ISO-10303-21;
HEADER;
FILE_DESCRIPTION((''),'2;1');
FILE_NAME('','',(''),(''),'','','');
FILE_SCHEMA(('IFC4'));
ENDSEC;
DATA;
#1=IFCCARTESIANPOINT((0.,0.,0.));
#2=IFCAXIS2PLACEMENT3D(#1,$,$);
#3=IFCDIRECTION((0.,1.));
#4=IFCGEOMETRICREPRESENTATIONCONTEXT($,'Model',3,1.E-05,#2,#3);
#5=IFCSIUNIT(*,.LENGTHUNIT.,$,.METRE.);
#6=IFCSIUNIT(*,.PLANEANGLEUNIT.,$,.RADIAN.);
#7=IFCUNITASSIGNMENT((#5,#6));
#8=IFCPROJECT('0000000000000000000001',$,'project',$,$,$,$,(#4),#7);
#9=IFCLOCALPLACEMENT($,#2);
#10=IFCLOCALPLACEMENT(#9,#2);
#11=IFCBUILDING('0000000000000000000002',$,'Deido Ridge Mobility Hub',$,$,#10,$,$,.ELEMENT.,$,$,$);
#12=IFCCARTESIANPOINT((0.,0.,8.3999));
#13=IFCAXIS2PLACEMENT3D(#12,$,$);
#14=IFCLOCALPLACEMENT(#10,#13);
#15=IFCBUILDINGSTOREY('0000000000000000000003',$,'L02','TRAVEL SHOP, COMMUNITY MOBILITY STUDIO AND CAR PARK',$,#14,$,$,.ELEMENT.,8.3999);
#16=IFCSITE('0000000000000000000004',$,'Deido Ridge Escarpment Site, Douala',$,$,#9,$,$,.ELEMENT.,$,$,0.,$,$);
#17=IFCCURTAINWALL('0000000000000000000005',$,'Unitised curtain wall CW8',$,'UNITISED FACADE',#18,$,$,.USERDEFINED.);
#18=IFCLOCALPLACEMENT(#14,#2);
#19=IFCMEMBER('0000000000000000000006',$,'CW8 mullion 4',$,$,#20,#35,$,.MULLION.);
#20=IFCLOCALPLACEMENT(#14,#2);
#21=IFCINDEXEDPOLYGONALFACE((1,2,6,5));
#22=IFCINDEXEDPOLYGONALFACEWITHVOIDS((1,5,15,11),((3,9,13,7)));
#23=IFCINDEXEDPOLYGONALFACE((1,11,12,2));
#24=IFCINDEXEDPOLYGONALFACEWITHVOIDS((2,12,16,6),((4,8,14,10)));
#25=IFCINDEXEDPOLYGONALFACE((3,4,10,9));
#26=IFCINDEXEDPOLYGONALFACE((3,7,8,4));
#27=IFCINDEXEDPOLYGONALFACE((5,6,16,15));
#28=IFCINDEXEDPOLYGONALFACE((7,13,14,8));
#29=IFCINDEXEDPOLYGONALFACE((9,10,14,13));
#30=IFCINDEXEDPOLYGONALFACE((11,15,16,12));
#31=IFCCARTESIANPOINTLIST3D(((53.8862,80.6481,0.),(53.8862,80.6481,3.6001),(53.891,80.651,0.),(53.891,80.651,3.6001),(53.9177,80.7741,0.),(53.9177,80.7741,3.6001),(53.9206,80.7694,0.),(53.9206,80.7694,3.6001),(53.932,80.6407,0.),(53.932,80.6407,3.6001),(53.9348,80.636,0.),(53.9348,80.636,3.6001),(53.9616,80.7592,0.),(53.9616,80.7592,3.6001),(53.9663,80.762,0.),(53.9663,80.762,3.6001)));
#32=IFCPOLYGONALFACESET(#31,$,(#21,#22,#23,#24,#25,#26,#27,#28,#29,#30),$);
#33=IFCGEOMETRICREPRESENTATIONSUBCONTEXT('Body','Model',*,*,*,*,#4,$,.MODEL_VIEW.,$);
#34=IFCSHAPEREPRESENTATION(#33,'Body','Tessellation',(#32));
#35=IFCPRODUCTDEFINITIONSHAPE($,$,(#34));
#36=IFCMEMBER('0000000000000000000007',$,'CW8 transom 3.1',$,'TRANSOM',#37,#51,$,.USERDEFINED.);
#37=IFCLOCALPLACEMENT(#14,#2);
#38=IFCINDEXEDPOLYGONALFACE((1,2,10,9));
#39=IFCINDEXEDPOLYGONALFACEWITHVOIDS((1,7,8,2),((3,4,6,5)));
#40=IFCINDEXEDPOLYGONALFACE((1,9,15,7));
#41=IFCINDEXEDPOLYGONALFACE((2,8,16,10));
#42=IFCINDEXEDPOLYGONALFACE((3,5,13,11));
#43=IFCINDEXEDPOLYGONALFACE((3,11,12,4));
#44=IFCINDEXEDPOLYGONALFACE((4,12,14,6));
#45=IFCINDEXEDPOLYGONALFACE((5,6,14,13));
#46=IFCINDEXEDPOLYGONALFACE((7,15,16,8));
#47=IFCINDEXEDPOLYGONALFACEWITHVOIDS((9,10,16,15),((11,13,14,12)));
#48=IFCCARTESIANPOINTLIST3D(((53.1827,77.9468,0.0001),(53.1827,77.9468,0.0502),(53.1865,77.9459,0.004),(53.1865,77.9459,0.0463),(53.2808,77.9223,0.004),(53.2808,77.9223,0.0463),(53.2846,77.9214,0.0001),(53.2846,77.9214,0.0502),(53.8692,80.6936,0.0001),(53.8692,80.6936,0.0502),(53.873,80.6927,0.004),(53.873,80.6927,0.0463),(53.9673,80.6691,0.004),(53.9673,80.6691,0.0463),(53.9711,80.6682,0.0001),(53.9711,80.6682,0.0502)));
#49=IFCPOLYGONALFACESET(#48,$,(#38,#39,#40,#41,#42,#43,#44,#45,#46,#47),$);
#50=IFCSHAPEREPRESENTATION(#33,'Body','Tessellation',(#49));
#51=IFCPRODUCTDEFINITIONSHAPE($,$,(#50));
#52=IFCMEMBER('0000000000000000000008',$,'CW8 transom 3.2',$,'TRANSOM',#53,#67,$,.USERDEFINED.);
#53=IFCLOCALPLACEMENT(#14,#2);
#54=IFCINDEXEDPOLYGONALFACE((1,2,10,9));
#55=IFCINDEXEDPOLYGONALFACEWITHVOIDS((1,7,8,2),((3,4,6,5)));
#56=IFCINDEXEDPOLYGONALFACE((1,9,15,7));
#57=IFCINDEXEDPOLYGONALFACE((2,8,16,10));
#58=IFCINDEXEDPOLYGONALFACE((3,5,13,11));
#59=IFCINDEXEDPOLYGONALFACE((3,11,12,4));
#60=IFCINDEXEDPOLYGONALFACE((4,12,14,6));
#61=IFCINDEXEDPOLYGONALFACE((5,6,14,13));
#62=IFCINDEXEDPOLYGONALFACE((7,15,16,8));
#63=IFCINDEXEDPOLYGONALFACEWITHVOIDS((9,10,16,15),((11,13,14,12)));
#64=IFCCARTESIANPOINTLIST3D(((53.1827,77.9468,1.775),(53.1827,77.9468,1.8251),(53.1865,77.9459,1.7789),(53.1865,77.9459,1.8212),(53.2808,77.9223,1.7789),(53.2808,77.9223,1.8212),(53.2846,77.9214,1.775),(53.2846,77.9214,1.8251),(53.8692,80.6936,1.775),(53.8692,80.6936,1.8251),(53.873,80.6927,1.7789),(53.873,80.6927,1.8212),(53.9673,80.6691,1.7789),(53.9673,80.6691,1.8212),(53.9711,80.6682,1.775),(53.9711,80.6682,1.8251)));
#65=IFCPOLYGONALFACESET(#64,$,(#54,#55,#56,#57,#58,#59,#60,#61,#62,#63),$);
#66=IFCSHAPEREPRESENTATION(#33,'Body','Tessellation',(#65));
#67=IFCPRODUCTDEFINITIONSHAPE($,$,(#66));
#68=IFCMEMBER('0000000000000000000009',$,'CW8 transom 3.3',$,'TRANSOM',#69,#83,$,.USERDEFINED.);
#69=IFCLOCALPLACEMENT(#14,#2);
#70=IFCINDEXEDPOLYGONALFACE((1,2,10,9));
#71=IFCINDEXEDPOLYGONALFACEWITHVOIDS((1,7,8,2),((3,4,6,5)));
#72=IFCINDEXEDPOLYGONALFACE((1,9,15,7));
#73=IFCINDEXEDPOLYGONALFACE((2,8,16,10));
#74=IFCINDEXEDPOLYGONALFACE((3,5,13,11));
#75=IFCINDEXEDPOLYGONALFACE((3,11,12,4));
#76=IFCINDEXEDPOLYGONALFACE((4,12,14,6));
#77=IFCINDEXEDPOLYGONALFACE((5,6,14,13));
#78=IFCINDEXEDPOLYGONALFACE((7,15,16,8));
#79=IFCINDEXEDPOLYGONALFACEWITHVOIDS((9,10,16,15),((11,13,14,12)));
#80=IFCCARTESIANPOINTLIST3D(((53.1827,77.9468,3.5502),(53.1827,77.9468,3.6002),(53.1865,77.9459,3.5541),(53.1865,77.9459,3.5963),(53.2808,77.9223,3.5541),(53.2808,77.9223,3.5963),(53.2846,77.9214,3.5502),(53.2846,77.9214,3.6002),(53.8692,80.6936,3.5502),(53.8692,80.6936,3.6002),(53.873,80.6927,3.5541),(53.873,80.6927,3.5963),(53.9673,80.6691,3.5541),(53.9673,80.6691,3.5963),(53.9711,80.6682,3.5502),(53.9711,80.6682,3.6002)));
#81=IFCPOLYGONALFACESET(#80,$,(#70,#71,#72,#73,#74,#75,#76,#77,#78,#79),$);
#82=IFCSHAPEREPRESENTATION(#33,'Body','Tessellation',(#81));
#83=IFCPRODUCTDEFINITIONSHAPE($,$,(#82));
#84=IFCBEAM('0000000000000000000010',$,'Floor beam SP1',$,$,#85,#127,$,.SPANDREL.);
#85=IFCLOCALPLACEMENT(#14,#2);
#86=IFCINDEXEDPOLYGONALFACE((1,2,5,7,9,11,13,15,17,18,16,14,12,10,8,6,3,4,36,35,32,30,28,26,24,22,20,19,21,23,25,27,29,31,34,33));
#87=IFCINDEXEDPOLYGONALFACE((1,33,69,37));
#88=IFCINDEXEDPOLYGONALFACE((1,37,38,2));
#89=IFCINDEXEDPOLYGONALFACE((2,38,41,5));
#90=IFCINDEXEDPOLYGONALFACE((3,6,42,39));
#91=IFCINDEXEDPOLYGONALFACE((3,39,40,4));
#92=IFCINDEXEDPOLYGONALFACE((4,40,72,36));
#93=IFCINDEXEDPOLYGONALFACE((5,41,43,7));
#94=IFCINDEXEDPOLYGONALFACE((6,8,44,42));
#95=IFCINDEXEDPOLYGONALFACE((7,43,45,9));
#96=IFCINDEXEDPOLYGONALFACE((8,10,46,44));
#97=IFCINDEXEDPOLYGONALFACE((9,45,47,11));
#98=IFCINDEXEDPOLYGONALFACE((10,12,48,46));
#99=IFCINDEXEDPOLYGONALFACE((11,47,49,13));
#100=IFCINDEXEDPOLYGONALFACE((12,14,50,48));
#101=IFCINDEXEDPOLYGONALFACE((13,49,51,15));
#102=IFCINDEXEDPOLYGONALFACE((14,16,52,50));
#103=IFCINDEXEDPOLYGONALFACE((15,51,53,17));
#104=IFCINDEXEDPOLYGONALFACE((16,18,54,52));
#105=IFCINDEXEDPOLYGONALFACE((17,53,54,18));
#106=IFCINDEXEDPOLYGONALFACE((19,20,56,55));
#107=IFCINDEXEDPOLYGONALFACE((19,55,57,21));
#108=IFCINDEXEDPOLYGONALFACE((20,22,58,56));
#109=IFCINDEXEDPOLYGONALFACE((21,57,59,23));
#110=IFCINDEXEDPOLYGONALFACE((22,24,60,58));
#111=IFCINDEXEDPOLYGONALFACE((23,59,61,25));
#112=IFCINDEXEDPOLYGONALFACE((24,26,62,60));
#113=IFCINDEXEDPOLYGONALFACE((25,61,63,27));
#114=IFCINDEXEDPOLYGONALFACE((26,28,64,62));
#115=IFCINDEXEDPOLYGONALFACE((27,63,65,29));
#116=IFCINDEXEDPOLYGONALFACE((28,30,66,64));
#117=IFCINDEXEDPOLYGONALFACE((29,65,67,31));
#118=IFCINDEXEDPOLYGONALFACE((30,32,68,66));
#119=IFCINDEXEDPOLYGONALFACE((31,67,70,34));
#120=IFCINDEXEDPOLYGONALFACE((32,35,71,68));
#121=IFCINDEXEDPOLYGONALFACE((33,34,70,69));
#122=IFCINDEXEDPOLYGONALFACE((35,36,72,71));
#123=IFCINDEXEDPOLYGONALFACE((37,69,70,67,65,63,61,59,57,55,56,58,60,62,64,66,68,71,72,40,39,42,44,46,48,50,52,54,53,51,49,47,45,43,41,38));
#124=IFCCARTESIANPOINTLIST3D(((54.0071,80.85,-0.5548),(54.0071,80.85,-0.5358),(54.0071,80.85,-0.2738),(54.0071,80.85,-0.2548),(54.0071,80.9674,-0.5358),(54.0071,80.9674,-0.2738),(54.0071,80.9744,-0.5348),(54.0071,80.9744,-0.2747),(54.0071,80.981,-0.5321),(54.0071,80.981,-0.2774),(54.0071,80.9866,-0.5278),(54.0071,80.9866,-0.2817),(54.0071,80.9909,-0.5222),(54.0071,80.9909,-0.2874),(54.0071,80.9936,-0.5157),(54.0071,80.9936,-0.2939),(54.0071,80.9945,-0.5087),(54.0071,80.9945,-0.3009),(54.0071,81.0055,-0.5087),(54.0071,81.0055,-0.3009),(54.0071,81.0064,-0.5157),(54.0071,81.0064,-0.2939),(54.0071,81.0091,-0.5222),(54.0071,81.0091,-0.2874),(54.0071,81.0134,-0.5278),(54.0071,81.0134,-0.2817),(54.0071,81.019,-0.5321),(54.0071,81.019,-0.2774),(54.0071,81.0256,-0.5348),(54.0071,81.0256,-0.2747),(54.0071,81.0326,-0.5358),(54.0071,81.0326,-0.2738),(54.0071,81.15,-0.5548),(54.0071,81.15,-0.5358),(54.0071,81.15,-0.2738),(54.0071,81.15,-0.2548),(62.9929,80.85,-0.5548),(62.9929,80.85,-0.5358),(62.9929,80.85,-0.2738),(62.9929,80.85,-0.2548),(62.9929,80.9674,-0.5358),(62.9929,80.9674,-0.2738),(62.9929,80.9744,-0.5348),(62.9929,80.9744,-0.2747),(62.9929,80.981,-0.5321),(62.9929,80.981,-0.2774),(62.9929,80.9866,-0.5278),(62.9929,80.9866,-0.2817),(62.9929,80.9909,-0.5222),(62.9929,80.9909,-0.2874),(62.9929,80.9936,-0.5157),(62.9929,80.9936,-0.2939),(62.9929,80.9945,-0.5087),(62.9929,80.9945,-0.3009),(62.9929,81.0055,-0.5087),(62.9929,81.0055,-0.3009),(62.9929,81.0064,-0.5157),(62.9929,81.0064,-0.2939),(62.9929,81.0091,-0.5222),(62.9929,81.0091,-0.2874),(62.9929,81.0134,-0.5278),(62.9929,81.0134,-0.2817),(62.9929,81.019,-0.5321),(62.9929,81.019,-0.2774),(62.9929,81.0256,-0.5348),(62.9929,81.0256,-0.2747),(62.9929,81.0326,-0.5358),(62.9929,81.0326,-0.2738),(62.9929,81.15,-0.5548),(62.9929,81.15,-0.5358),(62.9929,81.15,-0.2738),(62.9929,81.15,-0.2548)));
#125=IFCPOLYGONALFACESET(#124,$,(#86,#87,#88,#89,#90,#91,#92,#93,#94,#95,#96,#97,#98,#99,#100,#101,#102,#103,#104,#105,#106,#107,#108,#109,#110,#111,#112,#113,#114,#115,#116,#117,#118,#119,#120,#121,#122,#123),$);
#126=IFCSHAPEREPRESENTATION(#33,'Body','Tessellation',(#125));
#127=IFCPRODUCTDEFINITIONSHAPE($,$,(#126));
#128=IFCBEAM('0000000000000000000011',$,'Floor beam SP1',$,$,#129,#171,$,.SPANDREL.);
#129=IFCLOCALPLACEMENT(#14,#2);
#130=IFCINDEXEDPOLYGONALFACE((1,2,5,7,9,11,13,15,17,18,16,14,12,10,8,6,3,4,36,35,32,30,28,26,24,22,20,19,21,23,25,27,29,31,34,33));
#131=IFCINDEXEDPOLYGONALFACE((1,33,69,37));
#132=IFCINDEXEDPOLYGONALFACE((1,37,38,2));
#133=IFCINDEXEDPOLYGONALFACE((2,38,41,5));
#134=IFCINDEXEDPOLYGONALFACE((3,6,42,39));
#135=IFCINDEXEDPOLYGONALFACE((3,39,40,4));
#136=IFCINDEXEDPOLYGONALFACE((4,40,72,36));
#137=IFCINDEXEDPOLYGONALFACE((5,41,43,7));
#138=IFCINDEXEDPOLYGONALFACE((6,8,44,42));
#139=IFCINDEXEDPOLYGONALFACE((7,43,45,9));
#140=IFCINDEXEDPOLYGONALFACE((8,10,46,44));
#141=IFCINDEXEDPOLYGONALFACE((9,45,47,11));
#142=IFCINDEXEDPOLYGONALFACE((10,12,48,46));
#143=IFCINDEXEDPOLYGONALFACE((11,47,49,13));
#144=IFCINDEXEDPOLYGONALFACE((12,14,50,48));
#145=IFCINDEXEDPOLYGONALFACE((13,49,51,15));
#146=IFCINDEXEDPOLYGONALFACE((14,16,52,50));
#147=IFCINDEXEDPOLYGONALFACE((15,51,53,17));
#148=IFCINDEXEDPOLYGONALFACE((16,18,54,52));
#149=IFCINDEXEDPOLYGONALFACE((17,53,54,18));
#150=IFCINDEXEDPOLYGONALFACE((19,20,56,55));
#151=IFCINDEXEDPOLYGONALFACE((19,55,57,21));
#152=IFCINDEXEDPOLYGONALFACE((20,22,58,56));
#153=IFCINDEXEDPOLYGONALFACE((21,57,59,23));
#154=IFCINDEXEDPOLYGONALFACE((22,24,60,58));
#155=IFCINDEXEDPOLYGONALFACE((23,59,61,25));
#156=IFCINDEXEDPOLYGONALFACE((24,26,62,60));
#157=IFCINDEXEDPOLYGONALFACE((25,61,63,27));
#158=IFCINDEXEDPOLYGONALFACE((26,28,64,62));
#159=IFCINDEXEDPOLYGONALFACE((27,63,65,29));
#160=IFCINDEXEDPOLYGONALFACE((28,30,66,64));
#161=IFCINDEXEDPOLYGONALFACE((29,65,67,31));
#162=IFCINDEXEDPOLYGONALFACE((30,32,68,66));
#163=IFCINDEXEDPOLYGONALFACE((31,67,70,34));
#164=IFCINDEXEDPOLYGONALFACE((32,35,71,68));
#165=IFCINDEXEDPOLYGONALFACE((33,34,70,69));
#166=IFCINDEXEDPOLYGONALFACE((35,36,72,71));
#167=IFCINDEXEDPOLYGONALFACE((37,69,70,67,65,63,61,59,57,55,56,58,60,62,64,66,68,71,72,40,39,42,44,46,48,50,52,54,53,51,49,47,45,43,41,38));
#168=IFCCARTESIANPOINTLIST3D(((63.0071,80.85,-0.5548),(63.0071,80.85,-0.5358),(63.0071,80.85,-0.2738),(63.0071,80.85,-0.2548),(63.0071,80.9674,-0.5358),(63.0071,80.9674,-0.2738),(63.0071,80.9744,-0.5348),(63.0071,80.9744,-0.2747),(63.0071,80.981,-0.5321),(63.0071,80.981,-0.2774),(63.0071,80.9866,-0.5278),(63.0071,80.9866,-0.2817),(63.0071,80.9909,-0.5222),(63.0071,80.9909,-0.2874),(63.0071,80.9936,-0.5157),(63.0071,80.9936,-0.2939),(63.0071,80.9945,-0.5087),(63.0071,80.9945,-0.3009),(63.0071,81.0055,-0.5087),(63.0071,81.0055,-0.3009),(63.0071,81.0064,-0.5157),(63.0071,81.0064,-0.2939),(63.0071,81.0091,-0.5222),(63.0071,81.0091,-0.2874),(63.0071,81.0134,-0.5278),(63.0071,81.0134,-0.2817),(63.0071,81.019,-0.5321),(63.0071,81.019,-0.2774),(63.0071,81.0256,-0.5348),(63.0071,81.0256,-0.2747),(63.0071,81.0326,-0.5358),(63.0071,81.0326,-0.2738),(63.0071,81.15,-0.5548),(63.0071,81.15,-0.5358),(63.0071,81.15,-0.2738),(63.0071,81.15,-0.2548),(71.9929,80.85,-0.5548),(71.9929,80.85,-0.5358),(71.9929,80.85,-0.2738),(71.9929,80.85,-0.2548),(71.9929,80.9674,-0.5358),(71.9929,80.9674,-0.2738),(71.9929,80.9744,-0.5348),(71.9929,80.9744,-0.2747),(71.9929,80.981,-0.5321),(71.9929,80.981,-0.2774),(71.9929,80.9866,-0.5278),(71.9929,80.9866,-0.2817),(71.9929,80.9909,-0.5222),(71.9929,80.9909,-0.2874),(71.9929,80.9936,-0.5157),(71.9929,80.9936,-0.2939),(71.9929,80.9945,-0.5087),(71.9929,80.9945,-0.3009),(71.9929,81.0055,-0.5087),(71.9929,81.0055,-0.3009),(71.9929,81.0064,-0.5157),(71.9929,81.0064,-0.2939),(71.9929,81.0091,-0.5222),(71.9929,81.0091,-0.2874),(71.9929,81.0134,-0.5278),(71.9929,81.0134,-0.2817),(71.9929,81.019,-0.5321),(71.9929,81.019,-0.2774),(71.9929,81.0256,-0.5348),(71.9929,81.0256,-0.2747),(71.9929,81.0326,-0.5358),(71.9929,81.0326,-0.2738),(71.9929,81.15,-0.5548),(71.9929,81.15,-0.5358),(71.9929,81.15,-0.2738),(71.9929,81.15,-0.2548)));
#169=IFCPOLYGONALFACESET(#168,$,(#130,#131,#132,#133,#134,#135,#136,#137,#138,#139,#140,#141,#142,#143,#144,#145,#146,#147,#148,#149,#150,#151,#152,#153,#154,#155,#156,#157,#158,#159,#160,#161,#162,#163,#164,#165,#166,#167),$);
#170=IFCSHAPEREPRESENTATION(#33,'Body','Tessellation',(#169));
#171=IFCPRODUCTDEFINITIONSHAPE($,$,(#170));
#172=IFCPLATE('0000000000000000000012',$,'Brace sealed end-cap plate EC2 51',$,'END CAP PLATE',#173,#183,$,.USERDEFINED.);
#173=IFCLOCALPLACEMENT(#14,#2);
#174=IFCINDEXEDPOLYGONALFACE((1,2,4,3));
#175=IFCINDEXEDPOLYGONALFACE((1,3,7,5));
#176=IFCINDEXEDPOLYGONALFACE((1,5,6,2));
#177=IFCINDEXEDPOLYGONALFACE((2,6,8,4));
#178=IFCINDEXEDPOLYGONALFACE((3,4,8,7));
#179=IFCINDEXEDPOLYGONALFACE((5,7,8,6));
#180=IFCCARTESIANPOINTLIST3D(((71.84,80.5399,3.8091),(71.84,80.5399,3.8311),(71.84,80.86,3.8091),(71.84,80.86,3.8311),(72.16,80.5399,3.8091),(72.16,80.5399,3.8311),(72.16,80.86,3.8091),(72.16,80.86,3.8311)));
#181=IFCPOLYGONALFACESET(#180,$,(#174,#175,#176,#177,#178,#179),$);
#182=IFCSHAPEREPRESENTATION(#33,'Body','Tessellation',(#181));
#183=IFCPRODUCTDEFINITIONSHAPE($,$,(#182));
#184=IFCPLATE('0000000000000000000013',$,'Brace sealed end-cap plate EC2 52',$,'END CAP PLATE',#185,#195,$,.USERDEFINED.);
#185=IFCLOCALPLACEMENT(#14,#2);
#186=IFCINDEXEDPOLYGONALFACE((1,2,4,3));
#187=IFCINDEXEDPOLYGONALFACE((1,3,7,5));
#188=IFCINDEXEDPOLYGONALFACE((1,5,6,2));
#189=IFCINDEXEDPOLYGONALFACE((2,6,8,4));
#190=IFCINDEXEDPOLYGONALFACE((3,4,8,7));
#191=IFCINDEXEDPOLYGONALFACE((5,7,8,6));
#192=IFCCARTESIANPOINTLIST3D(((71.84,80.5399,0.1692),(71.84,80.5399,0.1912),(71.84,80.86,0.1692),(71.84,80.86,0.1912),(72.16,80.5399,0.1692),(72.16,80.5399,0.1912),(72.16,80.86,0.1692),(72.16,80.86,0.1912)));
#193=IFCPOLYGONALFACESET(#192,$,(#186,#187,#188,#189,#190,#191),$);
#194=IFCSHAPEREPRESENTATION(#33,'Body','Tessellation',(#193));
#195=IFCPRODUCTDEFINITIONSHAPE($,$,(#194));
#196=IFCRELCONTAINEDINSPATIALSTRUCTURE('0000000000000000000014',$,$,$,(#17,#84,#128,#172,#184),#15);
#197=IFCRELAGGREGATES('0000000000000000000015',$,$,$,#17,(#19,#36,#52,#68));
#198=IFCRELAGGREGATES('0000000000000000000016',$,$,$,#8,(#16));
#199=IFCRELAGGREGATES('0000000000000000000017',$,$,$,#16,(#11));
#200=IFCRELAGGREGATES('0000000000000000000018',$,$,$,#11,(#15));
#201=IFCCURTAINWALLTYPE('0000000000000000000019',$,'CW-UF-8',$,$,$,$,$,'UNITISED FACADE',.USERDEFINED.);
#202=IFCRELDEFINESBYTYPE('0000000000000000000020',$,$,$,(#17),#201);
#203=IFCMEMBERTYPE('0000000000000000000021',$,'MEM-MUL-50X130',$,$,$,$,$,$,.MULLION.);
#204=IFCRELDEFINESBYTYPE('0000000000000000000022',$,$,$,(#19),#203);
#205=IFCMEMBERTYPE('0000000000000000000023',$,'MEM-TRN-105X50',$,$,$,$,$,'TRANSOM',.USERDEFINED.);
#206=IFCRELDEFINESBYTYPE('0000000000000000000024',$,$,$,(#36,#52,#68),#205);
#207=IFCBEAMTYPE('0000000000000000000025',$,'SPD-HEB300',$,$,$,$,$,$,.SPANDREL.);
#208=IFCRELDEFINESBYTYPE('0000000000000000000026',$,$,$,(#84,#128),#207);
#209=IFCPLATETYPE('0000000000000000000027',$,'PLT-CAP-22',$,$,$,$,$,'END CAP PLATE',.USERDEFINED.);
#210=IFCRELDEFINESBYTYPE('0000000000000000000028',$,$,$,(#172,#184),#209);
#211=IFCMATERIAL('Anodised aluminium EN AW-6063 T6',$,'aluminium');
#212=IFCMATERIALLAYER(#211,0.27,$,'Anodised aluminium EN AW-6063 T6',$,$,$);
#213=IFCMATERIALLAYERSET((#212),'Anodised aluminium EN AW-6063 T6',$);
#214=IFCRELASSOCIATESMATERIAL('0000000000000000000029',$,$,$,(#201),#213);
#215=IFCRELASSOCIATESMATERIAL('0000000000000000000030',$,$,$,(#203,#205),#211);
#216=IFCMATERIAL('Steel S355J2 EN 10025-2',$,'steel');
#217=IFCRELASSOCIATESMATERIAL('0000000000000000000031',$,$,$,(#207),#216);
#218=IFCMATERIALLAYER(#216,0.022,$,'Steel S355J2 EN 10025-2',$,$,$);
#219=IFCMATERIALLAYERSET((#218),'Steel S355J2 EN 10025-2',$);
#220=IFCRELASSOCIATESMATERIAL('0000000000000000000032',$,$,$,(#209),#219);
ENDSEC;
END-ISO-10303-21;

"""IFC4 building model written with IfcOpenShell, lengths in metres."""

from ifc_helpers import new_model, si_unit, direction, frame, origin, origin_2d, place, context, subcontext, project, spatial, rectangle, hollow_rectangle, i_section, extrude, material, layer, layer_set, material_profile, profile_set, type_object, element, aggregate, save


model = new_model("IFC4")

# Units and contexts
model_context = context("Model", 3, precision=1e-05, world=origin(), true_north=direction((0.0, 1.0)))
body_context = subcontext(model_context, "Body", "Model", "MODEL_VIEW")
ifc_project = project(units=[si_unit("LENGTHUNIT", "METRE"), si_unit("PLANEANGLEUNIT", "RADIAN")], contexts=[model_context])

# Site, building, storey
site_placement = place(None, origin())
site = spatial("IfcSite", under=ifc_project, at=site_placement, Name="Deido Ridge Escarpment Site, Douala", CompositionType="ELEMENT", RefElevation=0.0)
building_placement = place(site_placement, origin())
building = spatial("IfcBuilding", under=site, at=building_placement, Name="Deido Ridge Mobility Hub", CompositionType="ELEMENT")
storey_placement = place(building_placement, frame((0.0, 0.0, 8.3999)))
storey = spatial("IfcBuildingStorey", under=building, at=storey_placement, Name="L02", Description="TRAVEL SHOP, COMMUNITY MOBILITY STUDIO AND CAR PARK", CompositionType="ELEMENT", Elevation=8.3999)

# Shared definitions
ifc_material_1 = material(Name="Steel S355J2 EN 10025-2", Category="steel")

# Curtain wall, members
ifc_material_2 = material(Name="Anodised aluminium EN AW-6063 T6", Category="aluminium")
ifc_layer_1 = layer(ifc_material_2, 0.27, Name="Anodised aluminium EN AW-6063 T6")
ifc_layer_set_1 = layer_set([ifc_layer_1], Name="Anodised aluminium EN AW-6063 T6")
curtain_wall_type = type_object("IfcCurtainWallType", Name="CW-UF-8", ElementType="UNITISED FACADE", PredefinedType="USERDEFINED", material=ifc_layer_set_1)
curtain_wall_placement = place(storey_placement, origin())
curtain_wall = element("IfcCurtainWall", 1, at=curtain_wall_placement, inside=storey, type_object=curtain_wall_type, Name="Unitised curtain wall CW8", ObjectType="UNITISED FACADE", PredefinedType="USERDEFINED")
ifc_material_profile_1 = material_profile(ifc_material_2, hollow_rectangle(XDim=0.05, YDim=0.1299, WallThickness=0.0039, at=origin_2d()), Name="RHS 50x130x4")
ifc_profile_set_1 = profile_set([ifc_material_profile_1], Name="Anodised aluminium EN AW-6063 T6")
member_type_1 = type_object("IfcMemberType", Name="MEM-MUL-50X130", PredefinedType="MULLION", material=ifc_profile_set_1)
member_1_placement = place(storey_placement, frame((53.9263, 80.7051, 0.0), z_axis=(0.0, 0.0, 1.0), x_axis=(-0.97014, 0.242546, 0.0)))
member_1 = element("IfcMember", 2, at=member_1_placement, type_object=member_type_1, Name="CW8 mullion 4", PredefinedType="MULLION", context=body_context, shape_type="SweptSolid", body=[
    extrude(hollow_rectangle(XDim=0.05, YDim=0.1299, WallThickness=0.0039, at=origin_2d()), origin(), (0.0, 0.0, 1.0), 3.6001),
])
ifc_material_profile_2 = material_profile(ifc_material_2, hollow_rectangle(XDim=0.105, YDim=0.05, WallThickness=0.0039, at=origin_2d()), Name="RHS 105x50x4")
ifc_profile_set_2 = profile_set([ifc_material_profile_2], Name="Anodised aluminium EN AW-6063 T6")
member_type_2 = type_object("IfcMemberType", Name="MEM-TRN-105X50", ElementType="TRANSOM", PredefinedType="USERDEFINED", material=ifc_profile_set_2)
member_2_placement = place(storey_placement, frame((53.2336, 77.9341, 0.0251), z_axis=(0.242475, 0.970158, 0.0), x_axis=(-0.970158, 0.242475, 0.0)))
member_2 = element("IfcMember", 3, at=member_2_placement, type_object=member_type_2, Name="CW8 transom 3.1", ObjectType="TRANSOM", PredefinedType="USERDEFINED", context=body_context, shape_type="SweptSolid", body=[
    extrude(hollow_rectangle(XDim=0.105, YDim=0.05, WallThickness=0.0039, at=origin_2d()), origin(), (0.0, 0.0, 1.0), 2.8313),
])
member_3_placement = place(storey_placement, frame((53.2336, 77.9341, 1.8), z_axis=(0.242475, 0.970158, 0.0), x_axis=(-0.970158, 0.242475, 0.0)))
member_3 = element("IfcMember", 4, at=member_3_placement, type_object=member_type_2, Name="CW8 transom 3.2", ObjectType="TRANSOM", PredefinedType="USERDEFINED", context=body_context, shape_type="SweptSolid", body=[
    extrude(hollow_rectangle(XDim=0.105, YDim=0.05, WallThickness=0.0039, at=origin_2d()), origin(), (0.0, 0.0, 1.0), 2.8313),
])
member_4_placement = place(storey_placement, frame((53.2336, 77.9341, 3.5752), z_axis=(0.242475, 0.970158, 0.0), x_axis=(-0.970158, 0.242475, 0.0)))
member_4 = element("IfcMember", 5, at=member_4_placement, type_object=member_type_2, Name="CW8 transom 3.3", ObjectType="TRANSOM", PredefinedType="USERDEFINED", context=body_context, shape_type="SweptSolid", body=[
    extrude(hollow_rectangle(XDim=0.105, YDim=0.05, WallThickness=0.0039, at=origin_2d()), origin(), (0.0, 0.0, 1.0), 2.8313),
])

# Beams
ifc_material_profile_3 = material_profile(ifc_material_1, i_section(OverallWidth=0.3, OverallDepth=0.3, WebThickness=0.011, FlangeThickness=0.019, FilletRadius=0.0271, at=origin_2d()), Name="HEB 300")
ifc_profile_set_3 = profile_set([ifc_material_profile_3], Name="Steel S355J2 EN 10025-2")
beam_type = type_object("IfcBeamType", Name="SPD-HEB300", PredefinedType="SPANDREL", material=ifc_profile_set_3)
for number, where, z_axis, x_axis, name in (
    (6, (54.0071, 81.0, -0.4048), (1.0, 0.0, 0.0), (0.0, 1.0, 0.0), "Floor beam SP1"),
    (7, (63.0071, 81.0, -0.4048), (1.0, 0.0, 0.0), (0.0, 1.0, 0.0), "Floor beam SP1"),
):
    element("IfcBeam", number, at=place(storey_placement, frame(where, z_axis=z_axis, x_axis=x_axis)), inside=storey, type_object=beam_type, Name=name, PredefinedType="SPANDREL", context=body_context, shape_type="SweptSolid", body=[
        extrude(i_section(OverallWidth=0.3, OverallDepth=0.3, WebThickness=0.011, FlangeThickness=0.019, FilletRadius=0.0271, at=origin_2d()), origin(), (0.0, 0.0, 1.0), 8.9858),
    ])

# Plates
ifc_layer_2 = layer(ifc_material_1, 0.022, Name="Steel S355J2 EN 10025-2")
ifc_layer_set_2 = layer_set([ifc_layer_2], Name="Steel S355J2 EN 10025-2")
plate_type_1 = type_object("IfcPlateType", Name="PLT-CAP-22", ElementType="END CAP PLATE", PredefinedType="USERDEFINED", material=ifc_layer_set_2)
for number, where, z_axis, x_axis, name in (
    (8, (72.0, 80.7, 3.8091), (0.0, 0.0, 1.0), (1.0, 0.0, 0.0), "Brace sealed end-cap plate EC2 51"),
    (9, (72.0, 80.7, 0.1692), (0.0, 0.0, 1.0), (1.0, 0.0, 0.0), "Brace sealed end-cap plate EC2 52"),
):
    element("IfcPlate", number, at=place(storey_placement, frame(where, z_axis=z_axis, x_axis=x_axis)), inside=storey, type_object=plate_type_1, Name=name, ObjectType="END CAP PLATE", PredefinedType="USERDEFINED", context=body_context, shape_type="SweptSolid", body=[
        extrude(rectangle(XDim=0.3201, YDim=0.3201, at=origin_2d()), origin(), (0.0, 0.0, 1.0), 0.022),
    ])

aggregate(curtain_wall, [member_1, member_2, member_3, member_4])

save(model, "model.ifc")
